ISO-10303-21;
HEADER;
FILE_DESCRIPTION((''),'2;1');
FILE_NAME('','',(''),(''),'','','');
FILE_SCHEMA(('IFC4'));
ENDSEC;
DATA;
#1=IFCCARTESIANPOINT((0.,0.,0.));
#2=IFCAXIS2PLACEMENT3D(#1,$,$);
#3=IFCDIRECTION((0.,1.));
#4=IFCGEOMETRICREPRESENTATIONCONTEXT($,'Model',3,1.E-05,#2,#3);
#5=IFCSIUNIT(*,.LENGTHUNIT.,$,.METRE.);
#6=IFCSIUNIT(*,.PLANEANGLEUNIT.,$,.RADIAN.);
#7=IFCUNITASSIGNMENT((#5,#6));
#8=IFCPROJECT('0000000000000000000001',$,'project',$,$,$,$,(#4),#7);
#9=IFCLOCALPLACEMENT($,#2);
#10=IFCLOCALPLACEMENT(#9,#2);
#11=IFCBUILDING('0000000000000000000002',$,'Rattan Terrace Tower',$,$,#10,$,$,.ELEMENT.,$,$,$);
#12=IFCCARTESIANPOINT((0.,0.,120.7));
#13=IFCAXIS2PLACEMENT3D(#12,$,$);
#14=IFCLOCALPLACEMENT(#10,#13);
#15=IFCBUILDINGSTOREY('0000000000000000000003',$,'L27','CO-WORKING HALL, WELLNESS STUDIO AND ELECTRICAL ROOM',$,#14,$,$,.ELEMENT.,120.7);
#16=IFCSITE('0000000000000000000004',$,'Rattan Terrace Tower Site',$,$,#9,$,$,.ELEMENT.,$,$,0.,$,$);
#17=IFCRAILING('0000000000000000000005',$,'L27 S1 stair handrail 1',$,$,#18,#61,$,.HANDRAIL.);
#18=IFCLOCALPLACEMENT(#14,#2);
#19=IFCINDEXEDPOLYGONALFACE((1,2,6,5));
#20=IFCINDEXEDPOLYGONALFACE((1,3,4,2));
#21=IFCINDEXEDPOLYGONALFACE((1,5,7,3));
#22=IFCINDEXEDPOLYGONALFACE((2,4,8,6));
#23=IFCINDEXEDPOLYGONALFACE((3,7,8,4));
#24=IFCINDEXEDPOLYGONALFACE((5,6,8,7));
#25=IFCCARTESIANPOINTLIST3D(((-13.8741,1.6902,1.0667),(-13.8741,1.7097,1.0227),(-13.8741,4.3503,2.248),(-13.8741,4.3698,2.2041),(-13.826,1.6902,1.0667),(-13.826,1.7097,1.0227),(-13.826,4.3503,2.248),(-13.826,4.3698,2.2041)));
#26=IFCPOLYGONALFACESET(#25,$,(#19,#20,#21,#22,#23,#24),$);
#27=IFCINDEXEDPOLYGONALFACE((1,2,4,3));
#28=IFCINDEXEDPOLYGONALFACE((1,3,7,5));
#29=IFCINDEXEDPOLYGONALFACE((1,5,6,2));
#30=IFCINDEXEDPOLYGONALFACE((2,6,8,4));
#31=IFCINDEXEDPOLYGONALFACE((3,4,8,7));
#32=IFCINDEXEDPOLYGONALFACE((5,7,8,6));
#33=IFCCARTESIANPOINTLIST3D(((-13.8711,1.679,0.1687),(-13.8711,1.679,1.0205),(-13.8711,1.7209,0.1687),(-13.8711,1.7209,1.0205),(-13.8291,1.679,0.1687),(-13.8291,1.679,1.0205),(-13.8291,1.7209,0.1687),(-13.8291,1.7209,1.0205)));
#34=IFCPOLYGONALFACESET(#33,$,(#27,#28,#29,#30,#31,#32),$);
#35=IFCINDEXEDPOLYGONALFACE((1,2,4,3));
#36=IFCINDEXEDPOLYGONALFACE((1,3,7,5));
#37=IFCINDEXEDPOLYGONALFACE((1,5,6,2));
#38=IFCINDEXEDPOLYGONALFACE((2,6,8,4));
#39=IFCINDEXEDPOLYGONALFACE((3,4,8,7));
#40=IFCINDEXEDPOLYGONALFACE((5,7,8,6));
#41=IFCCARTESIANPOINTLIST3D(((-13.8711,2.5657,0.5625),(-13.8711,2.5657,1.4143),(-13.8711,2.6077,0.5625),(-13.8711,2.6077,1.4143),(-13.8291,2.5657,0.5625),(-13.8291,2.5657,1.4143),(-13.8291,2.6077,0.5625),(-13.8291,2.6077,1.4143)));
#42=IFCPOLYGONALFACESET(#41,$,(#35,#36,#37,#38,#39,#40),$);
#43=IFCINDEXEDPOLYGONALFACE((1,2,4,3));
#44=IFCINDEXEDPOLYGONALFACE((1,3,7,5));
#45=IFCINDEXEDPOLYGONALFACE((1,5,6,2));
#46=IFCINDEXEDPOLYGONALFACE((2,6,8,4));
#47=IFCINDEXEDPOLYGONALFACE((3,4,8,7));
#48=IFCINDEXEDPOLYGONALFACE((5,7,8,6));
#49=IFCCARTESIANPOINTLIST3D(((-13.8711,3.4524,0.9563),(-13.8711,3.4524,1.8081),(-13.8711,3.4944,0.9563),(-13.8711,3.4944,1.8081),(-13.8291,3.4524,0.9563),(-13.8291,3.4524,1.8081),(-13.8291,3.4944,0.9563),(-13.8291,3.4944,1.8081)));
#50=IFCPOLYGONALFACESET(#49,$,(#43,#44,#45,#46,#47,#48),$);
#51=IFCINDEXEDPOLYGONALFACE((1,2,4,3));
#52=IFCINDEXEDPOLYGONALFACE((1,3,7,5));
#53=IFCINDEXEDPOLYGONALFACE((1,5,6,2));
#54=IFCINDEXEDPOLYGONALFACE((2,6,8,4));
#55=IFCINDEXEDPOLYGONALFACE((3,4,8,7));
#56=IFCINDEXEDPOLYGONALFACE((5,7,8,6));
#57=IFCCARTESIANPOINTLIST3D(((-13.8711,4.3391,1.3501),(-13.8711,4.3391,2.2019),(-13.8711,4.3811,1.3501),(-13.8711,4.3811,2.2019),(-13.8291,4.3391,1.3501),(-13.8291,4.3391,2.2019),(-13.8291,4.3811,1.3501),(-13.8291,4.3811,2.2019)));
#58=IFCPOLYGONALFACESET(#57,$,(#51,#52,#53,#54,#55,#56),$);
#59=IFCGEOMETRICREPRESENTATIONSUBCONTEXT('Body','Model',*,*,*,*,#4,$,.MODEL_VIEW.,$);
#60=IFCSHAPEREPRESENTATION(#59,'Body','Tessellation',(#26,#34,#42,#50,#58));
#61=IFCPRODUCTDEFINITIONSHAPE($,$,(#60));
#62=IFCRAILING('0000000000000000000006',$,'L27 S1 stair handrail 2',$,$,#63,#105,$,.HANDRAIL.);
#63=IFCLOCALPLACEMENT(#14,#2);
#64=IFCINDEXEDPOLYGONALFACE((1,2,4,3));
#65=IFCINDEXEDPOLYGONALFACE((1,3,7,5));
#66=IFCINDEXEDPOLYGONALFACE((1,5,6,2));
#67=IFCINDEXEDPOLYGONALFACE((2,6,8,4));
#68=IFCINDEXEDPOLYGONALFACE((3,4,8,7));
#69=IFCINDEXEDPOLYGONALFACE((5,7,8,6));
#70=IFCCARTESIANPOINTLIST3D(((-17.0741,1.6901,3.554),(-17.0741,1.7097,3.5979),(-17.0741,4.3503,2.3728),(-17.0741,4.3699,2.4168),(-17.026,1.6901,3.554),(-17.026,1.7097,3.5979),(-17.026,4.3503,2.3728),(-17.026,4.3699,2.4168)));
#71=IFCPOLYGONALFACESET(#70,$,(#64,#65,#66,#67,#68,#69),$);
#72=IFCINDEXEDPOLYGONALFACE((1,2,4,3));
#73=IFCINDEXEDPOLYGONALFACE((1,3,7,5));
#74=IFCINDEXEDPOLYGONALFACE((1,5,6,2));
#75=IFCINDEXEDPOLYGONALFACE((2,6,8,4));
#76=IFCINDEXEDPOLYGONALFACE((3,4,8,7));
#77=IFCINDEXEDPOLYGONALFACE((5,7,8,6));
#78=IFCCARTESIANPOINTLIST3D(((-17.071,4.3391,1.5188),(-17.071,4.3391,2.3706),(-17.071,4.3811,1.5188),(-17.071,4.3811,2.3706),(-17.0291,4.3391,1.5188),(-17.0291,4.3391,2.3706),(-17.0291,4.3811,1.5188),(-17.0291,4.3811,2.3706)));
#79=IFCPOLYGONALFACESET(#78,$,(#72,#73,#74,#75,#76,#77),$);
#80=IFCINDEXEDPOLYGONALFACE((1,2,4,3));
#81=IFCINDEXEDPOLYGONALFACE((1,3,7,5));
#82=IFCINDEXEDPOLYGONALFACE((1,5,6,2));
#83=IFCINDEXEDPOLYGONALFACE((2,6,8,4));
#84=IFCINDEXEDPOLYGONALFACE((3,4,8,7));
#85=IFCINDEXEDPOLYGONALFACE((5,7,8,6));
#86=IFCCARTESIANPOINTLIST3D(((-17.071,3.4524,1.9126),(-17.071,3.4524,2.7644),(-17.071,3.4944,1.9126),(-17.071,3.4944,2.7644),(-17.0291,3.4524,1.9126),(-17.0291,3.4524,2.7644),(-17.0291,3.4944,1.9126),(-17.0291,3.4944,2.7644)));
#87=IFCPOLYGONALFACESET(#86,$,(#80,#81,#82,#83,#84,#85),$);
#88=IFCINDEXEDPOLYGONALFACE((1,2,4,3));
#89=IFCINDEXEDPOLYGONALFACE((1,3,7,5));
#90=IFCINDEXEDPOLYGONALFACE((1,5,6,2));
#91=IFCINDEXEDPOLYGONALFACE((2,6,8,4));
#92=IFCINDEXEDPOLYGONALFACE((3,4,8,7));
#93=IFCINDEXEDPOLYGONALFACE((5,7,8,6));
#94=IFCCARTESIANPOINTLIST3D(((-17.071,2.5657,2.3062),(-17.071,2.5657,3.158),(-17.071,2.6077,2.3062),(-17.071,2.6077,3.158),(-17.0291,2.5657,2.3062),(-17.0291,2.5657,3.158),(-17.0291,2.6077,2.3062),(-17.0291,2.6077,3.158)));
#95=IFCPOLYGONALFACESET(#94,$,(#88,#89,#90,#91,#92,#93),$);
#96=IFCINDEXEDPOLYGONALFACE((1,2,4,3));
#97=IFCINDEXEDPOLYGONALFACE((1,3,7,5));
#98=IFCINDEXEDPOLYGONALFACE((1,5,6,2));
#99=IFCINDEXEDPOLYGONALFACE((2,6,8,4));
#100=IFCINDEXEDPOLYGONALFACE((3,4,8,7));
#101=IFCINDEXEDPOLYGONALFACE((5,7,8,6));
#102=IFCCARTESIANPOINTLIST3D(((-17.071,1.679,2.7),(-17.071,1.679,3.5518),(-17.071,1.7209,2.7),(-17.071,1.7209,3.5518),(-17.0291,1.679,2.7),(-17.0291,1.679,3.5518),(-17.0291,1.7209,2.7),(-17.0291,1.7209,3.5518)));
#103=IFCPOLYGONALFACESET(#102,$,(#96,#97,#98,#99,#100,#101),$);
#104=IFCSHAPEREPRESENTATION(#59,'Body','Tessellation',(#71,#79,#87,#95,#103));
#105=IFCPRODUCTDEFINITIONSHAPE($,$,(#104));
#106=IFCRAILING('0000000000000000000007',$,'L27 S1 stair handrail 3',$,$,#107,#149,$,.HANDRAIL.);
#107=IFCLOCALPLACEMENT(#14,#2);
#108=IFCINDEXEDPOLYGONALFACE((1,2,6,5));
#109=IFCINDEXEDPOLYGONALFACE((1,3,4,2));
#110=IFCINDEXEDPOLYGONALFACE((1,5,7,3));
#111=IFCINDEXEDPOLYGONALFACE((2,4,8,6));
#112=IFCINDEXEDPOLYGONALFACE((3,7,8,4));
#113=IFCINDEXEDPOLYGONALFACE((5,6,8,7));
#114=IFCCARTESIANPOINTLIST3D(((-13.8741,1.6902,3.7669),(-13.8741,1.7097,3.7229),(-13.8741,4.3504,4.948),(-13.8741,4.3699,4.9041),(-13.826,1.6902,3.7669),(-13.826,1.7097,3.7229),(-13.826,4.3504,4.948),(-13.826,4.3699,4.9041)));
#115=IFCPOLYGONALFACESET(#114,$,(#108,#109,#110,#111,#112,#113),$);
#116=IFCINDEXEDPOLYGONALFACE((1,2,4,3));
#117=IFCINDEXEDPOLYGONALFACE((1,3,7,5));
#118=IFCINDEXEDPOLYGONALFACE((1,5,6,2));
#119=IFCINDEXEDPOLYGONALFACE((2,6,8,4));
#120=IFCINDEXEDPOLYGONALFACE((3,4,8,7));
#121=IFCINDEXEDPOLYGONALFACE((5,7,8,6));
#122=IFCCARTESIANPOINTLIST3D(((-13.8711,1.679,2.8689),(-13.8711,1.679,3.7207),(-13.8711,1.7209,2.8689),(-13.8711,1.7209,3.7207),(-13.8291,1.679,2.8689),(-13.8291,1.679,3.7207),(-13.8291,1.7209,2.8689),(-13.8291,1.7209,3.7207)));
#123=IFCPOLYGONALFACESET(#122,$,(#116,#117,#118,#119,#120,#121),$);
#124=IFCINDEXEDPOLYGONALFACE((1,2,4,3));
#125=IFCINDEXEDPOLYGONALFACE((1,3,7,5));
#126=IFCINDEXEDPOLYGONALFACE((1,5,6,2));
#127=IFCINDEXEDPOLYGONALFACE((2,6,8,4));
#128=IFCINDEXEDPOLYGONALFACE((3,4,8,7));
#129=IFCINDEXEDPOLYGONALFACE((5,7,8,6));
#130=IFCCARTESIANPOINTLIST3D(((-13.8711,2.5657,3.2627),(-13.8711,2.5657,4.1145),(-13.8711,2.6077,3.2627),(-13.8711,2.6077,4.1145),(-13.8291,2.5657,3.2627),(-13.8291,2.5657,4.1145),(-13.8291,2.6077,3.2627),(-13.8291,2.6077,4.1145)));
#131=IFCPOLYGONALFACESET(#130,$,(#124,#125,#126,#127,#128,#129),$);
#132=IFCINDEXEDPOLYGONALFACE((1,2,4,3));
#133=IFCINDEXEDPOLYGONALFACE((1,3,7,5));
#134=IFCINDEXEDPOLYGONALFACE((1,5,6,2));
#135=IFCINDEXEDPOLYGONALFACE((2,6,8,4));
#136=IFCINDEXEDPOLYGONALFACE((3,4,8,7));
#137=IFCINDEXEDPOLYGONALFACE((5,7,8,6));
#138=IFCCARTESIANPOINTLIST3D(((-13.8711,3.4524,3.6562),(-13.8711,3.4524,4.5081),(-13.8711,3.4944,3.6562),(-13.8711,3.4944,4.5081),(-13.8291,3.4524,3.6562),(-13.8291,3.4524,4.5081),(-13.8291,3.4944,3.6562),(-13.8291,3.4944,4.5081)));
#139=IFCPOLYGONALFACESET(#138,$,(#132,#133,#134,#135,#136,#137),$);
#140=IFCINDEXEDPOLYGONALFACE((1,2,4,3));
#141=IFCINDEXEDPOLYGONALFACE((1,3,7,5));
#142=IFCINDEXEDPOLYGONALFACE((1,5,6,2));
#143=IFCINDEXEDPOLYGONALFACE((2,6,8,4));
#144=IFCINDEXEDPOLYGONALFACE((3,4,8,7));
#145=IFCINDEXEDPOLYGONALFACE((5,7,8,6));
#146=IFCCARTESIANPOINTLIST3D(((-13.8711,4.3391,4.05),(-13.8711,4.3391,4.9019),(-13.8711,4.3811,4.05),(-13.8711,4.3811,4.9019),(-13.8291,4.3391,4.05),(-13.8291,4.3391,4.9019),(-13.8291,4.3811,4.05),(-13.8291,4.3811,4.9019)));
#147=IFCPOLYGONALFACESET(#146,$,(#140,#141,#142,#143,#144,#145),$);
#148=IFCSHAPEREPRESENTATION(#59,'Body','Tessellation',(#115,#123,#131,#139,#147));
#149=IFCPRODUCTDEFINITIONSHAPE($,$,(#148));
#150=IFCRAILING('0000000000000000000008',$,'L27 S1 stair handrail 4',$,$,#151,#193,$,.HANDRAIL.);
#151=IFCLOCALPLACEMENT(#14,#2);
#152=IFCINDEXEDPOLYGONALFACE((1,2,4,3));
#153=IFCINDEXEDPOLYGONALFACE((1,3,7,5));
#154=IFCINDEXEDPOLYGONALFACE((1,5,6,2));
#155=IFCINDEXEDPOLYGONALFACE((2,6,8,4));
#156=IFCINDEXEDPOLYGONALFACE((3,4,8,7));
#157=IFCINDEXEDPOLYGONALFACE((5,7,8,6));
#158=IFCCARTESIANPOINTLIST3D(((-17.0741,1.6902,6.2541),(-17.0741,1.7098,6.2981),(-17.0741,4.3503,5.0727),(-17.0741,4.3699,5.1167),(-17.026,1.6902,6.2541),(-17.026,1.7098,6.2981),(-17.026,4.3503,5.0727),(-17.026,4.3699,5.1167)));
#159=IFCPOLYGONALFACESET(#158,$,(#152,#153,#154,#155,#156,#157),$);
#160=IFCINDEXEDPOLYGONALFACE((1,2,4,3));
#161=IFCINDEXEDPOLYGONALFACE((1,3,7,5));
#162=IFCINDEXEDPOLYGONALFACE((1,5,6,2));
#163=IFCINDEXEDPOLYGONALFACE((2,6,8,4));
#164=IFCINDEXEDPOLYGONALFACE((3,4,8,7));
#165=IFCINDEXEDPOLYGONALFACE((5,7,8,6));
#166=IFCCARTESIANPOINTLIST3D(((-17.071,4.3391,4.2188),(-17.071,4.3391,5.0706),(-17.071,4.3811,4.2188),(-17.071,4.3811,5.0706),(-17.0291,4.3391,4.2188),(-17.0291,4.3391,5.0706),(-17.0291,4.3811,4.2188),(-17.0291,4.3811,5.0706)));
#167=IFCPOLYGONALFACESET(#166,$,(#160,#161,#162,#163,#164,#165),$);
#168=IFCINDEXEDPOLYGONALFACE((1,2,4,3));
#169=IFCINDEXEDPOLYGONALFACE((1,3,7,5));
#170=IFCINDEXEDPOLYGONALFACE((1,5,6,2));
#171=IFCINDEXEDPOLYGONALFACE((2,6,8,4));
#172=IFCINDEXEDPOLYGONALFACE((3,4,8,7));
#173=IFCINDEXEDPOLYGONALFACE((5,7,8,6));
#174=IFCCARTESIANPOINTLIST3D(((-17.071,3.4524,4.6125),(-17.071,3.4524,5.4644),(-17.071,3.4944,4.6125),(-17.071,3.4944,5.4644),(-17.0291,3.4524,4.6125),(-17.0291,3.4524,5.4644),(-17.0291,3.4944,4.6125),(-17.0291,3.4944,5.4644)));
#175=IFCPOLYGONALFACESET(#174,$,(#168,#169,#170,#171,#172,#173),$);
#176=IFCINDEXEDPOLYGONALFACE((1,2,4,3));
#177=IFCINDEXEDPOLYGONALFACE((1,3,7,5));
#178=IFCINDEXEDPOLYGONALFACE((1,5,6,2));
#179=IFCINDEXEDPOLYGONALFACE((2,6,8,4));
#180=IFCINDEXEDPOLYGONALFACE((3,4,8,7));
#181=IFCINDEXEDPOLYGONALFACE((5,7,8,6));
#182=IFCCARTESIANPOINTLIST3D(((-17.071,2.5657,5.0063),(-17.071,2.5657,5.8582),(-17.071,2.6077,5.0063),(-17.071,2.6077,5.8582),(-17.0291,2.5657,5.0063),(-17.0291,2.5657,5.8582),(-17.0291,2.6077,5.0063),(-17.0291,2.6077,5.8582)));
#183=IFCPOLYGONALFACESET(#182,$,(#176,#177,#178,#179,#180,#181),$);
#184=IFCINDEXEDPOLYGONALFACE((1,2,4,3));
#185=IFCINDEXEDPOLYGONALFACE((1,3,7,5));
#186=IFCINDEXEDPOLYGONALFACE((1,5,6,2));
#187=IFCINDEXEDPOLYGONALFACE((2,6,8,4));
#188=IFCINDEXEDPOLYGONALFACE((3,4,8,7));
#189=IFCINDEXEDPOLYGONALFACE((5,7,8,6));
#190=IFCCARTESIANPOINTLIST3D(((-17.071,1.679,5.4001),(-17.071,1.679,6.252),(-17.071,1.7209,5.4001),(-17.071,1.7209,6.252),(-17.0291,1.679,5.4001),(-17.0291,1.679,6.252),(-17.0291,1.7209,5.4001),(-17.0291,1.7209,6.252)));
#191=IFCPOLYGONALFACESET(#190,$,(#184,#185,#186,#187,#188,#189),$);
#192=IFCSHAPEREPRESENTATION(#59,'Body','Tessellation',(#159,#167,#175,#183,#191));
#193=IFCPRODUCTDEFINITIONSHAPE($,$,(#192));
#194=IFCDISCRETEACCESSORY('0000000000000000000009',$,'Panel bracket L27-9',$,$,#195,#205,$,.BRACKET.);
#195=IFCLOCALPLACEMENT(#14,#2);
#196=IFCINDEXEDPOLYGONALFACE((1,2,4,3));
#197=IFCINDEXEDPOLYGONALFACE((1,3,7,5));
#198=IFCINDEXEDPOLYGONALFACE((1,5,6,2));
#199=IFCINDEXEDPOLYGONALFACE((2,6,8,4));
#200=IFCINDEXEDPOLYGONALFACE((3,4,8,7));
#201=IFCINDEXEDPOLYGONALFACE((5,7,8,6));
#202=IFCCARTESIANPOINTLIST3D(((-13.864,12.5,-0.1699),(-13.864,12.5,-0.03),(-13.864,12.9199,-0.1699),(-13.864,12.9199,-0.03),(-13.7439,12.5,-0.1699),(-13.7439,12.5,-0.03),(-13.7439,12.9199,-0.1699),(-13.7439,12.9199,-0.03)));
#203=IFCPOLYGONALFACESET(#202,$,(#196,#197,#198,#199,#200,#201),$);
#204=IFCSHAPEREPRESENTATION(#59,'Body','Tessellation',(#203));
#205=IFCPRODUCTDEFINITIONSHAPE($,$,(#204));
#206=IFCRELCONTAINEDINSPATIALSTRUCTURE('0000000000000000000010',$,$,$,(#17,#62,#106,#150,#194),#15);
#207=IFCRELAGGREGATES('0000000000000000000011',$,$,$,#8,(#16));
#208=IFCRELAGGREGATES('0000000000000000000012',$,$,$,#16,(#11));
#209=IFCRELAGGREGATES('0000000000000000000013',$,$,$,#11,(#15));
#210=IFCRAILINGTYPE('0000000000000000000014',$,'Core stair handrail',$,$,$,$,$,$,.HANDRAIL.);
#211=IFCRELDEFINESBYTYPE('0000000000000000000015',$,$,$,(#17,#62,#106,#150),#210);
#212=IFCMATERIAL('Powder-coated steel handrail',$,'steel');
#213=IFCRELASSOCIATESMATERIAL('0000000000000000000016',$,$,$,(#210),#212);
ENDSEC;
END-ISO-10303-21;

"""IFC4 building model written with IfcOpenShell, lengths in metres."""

from ifc_helpers import new_model, si_unit, direction, frame, origin, origin_2d, place, context, subcontext, project, spatial, rectangle, extrude, material, type_object, element, save


model = new_model("IFC4")

# Units and contexts
model_context = context("Model", 3, precision=1e-05, world=origin(), true_north=direction((0.0, 1.0)))
body_context = subcontext(model_context, "Body", "Model", "MODEL_VIEW")
ifc_project = project(units=[si_unit("LENGTHUNIT", "METRE"), si_unit("PLANEANGLEUNIT", "RADIAN")], contexts=[model_context])

# Site, building, storey
site_placement = place(None, origin())
site = spatial("IfcSite", under=ifc_project, at=site_placement, Name="Rattan Terrace Tower Site", CompositionType="ELEMENT", RefElevation=0.0)
building_placement = place(site_placement, origin())
building = spatial("IfcBuilding", under=site, at=building_placement, Name="Rattan Terrace Tower", CompositionType="ELEMENT")
storey_placement = place(building_placement, frame((0.0, 0.0, 120.7)))
storey = spatial("IfcBuildingStorey", under=building, at=storey_placement, Name="L27", Description="CO-WORKING HALL, WELLNESS STUDIO AND ELECTRICAL ROOM", CompositionType="ELEMENT", Elevation=120.7)

# Railings
ifc_material_1 = material(Name="Powder-coated steel handrail", Category="steel")
railing_type_1 = type_object("IfcRailingType", Name="Core stair handrail", PredefinedType="HANDRAIL", material=ifc_material_1)
railing_1_placement = place(storey_placement, frame((-13.8501, 1.7, 0.1687)))
element("IfcRailing", 1, at=railing_1_placement, inside=storey, type_object=railing_type_1, Name="L27 S1 stair handrail 1", PredefinedType="HANDRAIL", context=body_context, shape_type="SweptSolid", body=[
    extrude(rectangle(XDim=0.0481, YDim=0.0481, at=origin_2d()), frame((0.0, 0.0, 0.876), z_axis=(0.0, 0.913926, 0.405882), x_axis=(-1.0, 0.0, 0.0)), (0.0, 0.0, 1.0), 2.9106),
    extrude(rectangle(XDim=0.042, YDim=0.042, at=origin_2d()), origin(), (0.0, 0.0, 1.0), 0.8518),
    extrude(rectangle(XDim=0.042, YDim=0.042, at=origin_2d()), frame((0.0, 0.8867, 0.3938)), (0.0, 0.0, 1.0), 0.8518),
    extrude(rectangle(XDim=0.042, YDim=0.042, at=origin_2d()), frame((0.0, 1.7734, 0.7876)), (0.0, 0.0, 1.0), 0.8518),
    extrude(rectangle(XDim=0.042, YDim=0.042, at=origin_2d()), frame((0.0, 2.6602, 1.1814)), (0.0, 0.0, 1.0), 0.8518),
])
railing_2_placement = place(storey_placement, frame((-17.05, 4.3601, 1.5188)))
element("IfcRailing", 2, at=railing_2_placement, inside=storey, type_object=railing_type_1, Name="L27 S1 stair handrail 2", PredefinedType="HANDRAIL", context=body_context, shape_type="SweptSolid", body=[
    extrude(rectangle(XDim=0.0481, YDim=0.0481, at=origin_2d()), frame((0.0, 0.0, 0.876), z_axis=(0.0, -0.913957, 0.405812), x_axis=(1.0, 0.0, 0.0)), (0.0, 0.0, 1.0), 2.9106),
    extrude(rectangle(XDim=0.042, YDim=0.042, at=origin_2d()), origin(), (0.0, 0.0, 1.0), 0.8518),
    extrude(rectangle(XDim=0.042, YDim=0.042, at=origin_2d()), frame((0.0, -0.8867, 0.3938)), (0.0, 0.0, 1.0), 0.8518),
    extrude(rectangle(XDim=0.042, YDim=0.042, at=origin_2d()), frame((0.0, -1.7734, 0.7874)), (0.0, 0.0, 1.0), 0.8518),
    extrude(rectangle(XDim=0.042, YDim=0.042, at=origin_2d()), frame((0.0, -2.6602, 1.1812)), (0.0, 0.0, 1.0), 0.8518),
])
railing_3_placement = place(storey_placement, frame((-13.8501, 1.7, 2.8689)))
element("IfcRailing", 3, at=railing_3_placement, inside=storey, type_object=railing_type_1, Name="L27 S1 stair handrail 3", PredefinedType="HANDRAIL", context=body_context, shape_type="SweptSolid", body=[
    extrude(rectangle(XDim=0.0481, YDim=0.0481, at=origin_2d()), frame((0.0, 0.0, 0.876), z_axis=(0.0, 0.913957, 0.405812), x_axis=(-1.0, 0.0, 0.0)), (0.0, 0.0, 1.0), 2.9106),
    extrude(rectangle(XDim=0.042, YDim=0.042, at=origin_2d()), origin(), (0.0, 0.0, 1.0), 0.8518),
    extrude(rectangle(XDim=0.042, YDim=0.042, at=origin_2d()), frame((0.0, 0.8867, 0.3938)), (0.0, 0.0, 1.0), 0.8518),
    extrude(rectangle(XDim=0.042, YDim=0.042, at=origin_2d()), frame((0.0, 1.7734, 0.7874)), (0.0, 0.0, 1.0), 0.8518),
    extrude(rectangle(XDim=0.042, YDim=0.042, at=origin_2d()), frame((0.0, 2.6602, 1.1812)), (0.0, 0.0, 1.0), 0.8518),
])
railing_4_placement = place(storey_placement, frame((-17.05, 4.3601, 4.2188)))
element("IfcRailing", 4, at=railing_4_placement, inside=storey, type_object=railing_type_1, Name="L27 S1 stair handrail 4", PredefinedType="HANDRAIL", context=body_context, shape_type="SweptSolid", body=[
    extrude(rectangle(XDim=0.0481, YDim=0.0481, at=origin_2d()), frame((0.0, 0.0, 0.876), z_axis=(0.0, -0.913926, 0.405882), x_axis=(1.0, 0.0, 0.0)), (0.0, 0.0, 1.0), 2.9106),
    extrude(rectangle(XDim=0.042, YDim=0.042, at=origin_2d()), origin(), (0.0, 0.0, 1.0), 0.8518),
    extrude(rectangle(XDim=0.042, YDim=0.042, at=origin_2d()), frame((0.0, -0.8867, 0.3938)), (0.0, 0.0, 1.0), 0.8518),
    extrude(rectangle(XDim=0.042, YDim=0.042, at=origin_2d()), frame((0.0, -1.7734, 0.7876)), (0.0, 0.0, 1.0), 0.8518),
    extrude(rectangle(XDim=0.042, YDim=0.042, at=origin_2d()), frame((0.0, -2.6602, 1.1814)), (0.0, 0.0, 1.0), 0.8518),
])

# Discrete accessory
discrete_accessory_placement = place(storey_placement, frame((-13.804, 12.71, -0.1699), z_axis=(0.0, 0.0, 1.0), x_axis=(-1.0, 0.0, 0.0)))
element("IfcDiscreteAccessory", 5, at=discrete_accessory_placement, inside=storey, Name="Panel bracket L27-9", PredefinedType="BRACKET", context=body_context, shape_type="SweptSolid", body=[
    extrude(rectangle(XDim=0.1201, YDim=0.4199, at=origin_2d()), origin(), (0.0, 0.0, 1.0), 0.1399),
])

save(model, "model.ifc")
